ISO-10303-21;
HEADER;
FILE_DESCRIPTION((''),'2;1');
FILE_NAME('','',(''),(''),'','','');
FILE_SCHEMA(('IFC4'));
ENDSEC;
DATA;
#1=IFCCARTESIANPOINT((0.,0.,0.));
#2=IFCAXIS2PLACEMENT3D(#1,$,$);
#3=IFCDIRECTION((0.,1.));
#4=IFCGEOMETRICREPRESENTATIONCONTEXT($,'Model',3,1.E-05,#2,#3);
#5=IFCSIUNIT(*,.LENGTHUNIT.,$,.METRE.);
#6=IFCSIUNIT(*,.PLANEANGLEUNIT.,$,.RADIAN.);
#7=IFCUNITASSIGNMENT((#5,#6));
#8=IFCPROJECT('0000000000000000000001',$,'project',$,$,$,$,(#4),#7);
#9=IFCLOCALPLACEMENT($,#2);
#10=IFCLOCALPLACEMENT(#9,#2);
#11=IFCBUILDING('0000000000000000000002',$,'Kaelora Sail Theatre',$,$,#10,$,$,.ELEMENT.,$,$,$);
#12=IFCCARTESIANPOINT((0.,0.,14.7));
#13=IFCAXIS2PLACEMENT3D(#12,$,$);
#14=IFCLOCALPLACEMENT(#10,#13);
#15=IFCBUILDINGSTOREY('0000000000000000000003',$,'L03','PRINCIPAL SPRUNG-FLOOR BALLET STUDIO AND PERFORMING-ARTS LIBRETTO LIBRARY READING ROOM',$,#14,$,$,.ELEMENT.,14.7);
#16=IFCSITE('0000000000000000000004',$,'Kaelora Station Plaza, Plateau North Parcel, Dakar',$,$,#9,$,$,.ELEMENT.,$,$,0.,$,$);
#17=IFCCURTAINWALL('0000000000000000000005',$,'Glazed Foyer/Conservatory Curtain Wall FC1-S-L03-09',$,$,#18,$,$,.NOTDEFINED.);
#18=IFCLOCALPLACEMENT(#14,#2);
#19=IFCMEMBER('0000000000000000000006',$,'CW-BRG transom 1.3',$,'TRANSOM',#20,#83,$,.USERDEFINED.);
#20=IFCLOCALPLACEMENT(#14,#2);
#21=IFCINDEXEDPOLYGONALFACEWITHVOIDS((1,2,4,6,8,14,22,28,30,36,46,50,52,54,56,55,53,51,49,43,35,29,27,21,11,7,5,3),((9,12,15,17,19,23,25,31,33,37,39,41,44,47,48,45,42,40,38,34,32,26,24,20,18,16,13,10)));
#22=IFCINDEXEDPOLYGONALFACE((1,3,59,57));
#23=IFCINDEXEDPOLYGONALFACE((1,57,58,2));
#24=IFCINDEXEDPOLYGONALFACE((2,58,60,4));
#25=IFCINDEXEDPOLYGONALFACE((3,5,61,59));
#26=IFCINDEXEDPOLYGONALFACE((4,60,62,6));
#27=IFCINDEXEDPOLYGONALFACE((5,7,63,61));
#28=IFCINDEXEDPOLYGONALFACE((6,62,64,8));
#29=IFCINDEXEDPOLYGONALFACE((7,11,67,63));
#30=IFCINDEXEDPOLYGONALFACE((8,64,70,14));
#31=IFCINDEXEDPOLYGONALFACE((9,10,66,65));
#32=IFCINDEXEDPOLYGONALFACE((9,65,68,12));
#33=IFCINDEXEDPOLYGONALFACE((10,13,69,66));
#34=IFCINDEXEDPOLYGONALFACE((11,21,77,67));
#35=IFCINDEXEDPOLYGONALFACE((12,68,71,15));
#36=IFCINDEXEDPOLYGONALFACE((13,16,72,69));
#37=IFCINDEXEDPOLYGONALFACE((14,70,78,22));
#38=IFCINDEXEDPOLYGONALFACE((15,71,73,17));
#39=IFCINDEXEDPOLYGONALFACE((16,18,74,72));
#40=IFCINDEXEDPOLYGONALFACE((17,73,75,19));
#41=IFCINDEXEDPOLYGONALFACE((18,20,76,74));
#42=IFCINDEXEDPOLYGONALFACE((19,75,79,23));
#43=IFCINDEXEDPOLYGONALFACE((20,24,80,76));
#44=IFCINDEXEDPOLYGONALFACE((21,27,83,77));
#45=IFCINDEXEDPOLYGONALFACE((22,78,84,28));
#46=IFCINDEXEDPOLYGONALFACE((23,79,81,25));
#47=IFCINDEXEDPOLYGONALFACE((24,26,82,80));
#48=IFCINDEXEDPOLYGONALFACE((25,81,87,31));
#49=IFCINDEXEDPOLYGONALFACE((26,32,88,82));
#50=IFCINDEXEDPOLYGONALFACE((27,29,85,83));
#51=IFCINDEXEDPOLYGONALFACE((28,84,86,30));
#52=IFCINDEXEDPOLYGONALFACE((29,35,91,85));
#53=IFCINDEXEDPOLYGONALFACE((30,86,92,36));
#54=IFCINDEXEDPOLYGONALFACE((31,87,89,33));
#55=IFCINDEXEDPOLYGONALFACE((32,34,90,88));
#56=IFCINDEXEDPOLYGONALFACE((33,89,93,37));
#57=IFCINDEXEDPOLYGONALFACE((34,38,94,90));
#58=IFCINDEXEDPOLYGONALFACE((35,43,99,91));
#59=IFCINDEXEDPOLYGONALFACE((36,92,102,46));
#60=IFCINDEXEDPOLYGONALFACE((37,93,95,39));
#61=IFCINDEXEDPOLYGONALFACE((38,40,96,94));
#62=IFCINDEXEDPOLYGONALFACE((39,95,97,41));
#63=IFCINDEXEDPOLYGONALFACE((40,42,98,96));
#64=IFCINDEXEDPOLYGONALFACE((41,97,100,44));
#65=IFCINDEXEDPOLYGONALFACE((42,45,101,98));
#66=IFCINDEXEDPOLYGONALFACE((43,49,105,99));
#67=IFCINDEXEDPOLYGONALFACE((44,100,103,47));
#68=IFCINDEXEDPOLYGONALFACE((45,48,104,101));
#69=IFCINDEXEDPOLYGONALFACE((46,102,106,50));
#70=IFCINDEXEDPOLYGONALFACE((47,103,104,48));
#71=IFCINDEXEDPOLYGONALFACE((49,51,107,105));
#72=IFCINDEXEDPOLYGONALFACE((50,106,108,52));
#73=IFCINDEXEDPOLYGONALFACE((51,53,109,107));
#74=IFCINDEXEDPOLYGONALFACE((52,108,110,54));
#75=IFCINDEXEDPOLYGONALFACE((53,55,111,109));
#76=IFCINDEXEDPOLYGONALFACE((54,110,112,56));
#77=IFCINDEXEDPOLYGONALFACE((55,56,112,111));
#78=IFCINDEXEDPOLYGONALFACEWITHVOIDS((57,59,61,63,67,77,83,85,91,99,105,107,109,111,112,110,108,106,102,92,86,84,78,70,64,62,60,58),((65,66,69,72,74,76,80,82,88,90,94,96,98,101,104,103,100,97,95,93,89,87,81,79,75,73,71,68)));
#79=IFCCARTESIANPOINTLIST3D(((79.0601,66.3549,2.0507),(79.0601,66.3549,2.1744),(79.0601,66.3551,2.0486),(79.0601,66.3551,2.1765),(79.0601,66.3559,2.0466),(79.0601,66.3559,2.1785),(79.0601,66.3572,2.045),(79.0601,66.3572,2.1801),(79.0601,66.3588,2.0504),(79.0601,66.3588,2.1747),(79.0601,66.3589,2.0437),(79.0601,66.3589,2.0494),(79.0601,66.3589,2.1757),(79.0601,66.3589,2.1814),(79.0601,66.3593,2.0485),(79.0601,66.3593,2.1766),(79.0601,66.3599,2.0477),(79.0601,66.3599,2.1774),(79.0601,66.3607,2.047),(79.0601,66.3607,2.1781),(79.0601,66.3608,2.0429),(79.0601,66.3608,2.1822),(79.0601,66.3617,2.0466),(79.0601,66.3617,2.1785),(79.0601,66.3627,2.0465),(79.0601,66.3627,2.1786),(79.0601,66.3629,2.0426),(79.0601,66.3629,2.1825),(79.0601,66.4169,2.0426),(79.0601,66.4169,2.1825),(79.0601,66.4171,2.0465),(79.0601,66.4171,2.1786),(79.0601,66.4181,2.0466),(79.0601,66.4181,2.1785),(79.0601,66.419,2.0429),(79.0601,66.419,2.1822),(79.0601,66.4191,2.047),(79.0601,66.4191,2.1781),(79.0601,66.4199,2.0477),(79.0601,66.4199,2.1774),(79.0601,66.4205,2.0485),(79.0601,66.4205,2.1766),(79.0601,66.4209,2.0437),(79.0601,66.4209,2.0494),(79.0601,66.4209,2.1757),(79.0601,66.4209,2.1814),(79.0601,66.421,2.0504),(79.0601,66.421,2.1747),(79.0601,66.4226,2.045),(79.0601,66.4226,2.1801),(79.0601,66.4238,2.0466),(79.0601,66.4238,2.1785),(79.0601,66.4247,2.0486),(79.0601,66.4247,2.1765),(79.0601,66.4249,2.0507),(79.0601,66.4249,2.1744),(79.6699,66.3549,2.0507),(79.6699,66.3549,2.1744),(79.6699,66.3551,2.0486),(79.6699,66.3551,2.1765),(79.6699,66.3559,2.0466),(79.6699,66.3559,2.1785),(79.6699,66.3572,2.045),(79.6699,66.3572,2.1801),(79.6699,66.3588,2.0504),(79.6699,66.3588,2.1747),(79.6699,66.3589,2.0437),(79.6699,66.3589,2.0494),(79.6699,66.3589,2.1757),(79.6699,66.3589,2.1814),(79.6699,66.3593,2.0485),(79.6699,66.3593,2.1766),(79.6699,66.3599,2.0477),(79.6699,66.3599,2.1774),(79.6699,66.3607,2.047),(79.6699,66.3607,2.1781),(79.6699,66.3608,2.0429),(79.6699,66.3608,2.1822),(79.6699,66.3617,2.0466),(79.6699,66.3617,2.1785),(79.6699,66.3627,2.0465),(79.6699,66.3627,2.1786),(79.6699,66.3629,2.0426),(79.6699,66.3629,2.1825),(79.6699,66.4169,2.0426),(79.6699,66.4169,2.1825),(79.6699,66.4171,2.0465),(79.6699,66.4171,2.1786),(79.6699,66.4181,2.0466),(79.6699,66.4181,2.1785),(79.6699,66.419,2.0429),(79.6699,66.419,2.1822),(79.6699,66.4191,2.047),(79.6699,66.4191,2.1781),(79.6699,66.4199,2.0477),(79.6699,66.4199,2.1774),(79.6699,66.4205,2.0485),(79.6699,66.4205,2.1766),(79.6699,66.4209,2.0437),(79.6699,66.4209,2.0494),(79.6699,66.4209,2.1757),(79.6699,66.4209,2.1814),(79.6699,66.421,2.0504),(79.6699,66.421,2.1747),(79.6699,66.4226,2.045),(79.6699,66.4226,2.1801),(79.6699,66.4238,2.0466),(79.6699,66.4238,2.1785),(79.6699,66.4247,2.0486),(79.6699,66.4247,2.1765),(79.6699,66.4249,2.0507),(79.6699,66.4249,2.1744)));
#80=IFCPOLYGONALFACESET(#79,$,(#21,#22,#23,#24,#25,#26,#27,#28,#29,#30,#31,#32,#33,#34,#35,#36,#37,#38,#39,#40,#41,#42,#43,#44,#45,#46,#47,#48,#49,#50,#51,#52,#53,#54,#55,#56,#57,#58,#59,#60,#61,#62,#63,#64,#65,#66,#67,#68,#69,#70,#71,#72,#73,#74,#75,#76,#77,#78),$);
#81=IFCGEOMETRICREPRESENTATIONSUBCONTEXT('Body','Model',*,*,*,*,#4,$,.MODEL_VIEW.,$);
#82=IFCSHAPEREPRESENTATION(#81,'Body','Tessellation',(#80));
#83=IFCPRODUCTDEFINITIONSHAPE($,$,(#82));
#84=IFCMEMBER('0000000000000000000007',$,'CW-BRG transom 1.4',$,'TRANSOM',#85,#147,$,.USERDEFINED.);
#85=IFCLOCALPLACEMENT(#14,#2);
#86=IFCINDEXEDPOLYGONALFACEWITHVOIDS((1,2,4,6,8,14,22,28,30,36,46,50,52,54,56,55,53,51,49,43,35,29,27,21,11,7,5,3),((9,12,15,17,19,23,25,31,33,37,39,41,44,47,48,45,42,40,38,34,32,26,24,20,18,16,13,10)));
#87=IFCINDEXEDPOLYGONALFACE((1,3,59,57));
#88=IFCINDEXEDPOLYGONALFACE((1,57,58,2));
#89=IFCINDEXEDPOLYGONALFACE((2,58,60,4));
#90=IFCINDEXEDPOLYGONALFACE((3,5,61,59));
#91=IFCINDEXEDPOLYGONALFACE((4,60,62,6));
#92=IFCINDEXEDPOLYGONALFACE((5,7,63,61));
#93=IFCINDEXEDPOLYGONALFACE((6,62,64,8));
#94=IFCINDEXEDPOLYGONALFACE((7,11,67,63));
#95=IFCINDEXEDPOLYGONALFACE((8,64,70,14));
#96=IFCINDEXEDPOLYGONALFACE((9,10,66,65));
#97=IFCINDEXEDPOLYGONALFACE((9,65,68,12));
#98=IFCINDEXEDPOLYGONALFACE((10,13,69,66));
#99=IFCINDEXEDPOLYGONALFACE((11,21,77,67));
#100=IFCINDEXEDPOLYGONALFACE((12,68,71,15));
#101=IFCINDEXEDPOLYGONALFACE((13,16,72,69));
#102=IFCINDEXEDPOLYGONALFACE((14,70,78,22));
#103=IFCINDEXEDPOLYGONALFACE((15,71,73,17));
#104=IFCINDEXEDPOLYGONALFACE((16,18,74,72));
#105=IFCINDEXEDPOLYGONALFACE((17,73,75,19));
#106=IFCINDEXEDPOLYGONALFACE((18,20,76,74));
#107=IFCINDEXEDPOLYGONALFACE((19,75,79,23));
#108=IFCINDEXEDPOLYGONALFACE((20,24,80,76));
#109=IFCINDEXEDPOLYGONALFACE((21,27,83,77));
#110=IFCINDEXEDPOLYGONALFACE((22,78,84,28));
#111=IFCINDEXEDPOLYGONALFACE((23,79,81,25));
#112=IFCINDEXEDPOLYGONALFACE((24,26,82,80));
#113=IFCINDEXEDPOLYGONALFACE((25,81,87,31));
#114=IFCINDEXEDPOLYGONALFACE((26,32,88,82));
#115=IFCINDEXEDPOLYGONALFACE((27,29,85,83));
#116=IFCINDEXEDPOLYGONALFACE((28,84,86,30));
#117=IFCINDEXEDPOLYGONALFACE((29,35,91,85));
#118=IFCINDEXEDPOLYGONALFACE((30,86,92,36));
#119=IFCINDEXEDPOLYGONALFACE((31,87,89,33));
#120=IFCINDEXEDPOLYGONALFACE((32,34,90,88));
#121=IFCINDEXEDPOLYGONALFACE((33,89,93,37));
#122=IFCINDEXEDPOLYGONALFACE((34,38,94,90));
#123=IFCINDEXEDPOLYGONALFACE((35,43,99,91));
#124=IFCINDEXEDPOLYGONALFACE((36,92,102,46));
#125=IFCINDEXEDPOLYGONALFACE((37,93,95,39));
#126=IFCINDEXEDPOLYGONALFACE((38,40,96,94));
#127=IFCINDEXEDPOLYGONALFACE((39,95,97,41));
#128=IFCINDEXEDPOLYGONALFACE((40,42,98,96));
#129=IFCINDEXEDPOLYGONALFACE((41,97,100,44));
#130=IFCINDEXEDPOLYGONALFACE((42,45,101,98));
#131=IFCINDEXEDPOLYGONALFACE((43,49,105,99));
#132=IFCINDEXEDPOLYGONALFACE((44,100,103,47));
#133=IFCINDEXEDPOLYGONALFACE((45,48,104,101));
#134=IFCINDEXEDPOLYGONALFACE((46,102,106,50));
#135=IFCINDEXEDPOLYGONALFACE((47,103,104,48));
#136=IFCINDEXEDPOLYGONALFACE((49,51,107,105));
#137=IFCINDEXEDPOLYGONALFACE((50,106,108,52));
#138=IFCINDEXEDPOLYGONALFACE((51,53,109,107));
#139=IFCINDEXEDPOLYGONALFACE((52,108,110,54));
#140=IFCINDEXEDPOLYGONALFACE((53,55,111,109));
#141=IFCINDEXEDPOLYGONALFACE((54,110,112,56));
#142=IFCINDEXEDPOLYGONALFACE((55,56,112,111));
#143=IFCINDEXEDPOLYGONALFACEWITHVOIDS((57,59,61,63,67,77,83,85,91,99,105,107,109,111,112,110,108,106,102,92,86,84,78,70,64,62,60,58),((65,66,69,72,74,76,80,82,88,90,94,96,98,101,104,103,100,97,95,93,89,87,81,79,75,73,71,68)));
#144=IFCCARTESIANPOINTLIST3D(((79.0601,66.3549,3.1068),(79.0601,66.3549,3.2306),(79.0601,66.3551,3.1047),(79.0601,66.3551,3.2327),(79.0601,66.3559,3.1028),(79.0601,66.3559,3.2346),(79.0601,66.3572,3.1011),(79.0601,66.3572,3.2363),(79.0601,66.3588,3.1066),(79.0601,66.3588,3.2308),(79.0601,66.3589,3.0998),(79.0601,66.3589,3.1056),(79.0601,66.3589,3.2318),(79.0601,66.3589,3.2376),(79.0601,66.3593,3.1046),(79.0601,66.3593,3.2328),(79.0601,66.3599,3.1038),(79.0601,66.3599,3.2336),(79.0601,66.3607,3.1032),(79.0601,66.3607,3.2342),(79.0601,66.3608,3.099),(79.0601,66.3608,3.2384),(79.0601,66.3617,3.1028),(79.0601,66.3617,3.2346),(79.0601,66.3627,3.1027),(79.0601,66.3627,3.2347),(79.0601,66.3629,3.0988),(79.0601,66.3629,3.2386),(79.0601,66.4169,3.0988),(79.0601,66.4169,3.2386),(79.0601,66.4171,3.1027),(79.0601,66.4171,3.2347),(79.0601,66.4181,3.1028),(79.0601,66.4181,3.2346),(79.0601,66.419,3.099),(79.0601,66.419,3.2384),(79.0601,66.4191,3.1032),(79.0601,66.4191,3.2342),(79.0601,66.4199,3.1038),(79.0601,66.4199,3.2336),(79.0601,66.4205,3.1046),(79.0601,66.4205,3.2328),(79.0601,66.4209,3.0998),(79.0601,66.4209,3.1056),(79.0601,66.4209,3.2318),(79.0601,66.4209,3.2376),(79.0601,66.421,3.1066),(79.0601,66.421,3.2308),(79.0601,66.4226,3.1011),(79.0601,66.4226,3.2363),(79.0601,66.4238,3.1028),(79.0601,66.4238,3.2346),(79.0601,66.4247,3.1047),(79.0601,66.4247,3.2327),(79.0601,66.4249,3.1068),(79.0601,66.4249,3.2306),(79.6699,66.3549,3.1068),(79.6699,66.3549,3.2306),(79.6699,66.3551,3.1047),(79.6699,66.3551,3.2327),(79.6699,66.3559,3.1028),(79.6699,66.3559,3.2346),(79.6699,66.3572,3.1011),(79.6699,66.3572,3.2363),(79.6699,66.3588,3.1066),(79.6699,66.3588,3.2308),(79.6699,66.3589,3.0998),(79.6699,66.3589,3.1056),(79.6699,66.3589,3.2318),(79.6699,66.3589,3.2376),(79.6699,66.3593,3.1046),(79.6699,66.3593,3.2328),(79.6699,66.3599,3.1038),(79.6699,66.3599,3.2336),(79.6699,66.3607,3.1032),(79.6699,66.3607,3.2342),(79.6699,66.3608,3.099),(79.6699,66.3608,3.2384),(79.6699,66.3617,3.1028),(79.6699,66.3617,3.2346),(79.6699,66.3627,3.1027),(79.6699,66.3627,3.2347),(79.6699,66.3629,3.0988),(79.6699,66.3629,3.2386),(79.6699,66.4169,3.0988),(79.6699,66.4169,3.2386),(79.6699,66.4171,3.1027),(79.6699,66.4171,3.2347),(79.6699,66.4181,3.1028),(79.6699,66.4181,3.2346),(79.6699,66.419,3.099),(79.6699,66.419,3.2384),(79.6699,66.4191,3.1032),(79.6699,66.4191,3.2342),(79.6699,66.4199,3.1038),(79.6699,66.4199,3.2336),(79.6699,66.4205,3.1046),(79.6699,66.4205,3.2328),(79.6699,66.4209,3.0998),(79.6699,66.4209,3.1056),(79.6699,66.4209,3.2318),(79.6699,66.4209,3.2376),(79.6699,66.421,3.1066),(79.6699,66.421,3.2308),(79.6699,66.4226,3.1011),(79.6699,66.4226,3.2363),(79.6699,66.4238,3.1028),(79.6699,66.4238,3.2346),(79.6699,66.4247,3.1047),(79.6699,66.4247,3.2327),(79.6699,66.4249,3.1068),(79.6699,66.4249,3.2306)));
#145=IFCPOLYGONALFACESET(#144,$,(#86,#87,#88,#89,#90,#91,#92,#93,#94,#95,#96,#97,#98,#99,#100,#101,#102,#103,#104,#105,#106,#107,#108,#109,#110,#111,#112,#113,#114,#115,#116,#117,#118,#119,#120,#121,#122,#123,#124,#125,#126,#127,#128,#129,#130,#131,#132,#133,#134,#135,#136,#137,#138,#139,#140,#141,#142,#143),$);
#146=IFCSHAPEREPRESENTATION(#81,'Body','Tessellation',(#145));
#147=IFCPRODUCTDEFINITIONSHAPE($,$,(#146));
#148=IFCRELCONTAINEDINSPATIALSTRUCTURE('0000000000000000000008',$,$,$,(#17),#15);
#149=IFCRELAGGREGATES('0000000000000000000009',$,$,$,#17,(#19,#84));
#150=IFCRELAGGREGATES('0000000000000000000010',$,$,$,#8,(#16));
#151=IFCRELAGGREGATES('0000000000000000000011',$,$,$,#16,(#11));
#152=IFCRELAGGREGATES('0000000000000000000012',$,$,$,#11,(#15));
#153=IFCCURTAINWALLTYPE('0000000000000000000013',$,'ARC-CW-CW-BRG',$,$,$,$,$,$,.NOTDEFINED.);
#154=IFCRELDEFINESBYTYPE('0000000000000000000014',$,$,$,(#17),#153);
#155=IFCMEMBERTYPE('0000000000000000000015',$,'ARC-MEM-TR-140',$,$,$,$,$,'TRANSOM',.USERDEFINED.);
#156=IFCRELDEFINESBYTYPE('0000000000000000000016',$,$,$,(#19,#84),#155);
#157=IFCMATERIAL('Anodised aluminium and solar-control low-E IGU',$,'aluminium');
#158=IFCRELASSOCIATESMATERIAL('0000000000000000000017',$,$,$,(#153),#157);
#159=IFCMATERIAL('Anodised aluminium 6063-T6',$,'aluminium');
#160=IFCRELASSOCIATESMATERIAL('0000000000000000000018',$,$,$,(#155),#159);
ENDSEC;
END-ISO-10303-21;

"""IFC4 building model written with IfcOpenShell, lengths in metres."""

from ifc_helpers import new_model, si_unit, direction, frame, origin, origin_2d, place, context, subcontext, project, spatial, hollow_rectangle, extrude, material, material_profile, profile_set, type_object, element, aggregate, save


model = new_model("IFC4")

# Units and contexts
model_context = context("Model", 3, precision=1e-05, world=origin(), true_north=direction((0.0, 1.0)))
body_context = subcontext(model_context, "Body", "Model", "MODEL_VIEW")
ifc_project = project(units=[si_unit("LENGTHUNIT", "METRE"), si_unit("PLANEANGLEUNIT", "RADIAN")], contexts=[model_context])

# Site, building, storey
site_placement = place(None, origin())
site = spatial("IfcSite", under=ifc_project, at=site_placement, Name="Kaelora Station Plaza, Plateau North Parcel, Dakar", CompositionType="ELEMENT", RefElevation=0.0)
building_placement = place(site_placement, origin())
building = spatial("IfcBuilding", under=site, at=building_placement, Name="Kaelora Sail Theatre", CompositionType="ELEMENT")
storey_placement = place(building_placement, frame((0.0, 0.0, 14.7)))
storey = spatial("IfcBuildingStorey", under=building, at=storey_placement, Name="L03", Description="PRINCIPAL SPRUNG-FLOOR BALLET STUDIO AND PERFORMING-ARTS LIBRETTO LIBRARY READING ROOM", CompositionType="ELEMENT", Elevation=14.7)

# Curtain wall, members
ifc_material_1 = material(Name="Anodised aluminium and solar-control low-E IGU", Category="aluminium")
curtain_wall_type = type_object("IfcCurtainWallType", Name="ARC-CW-CW-BRG", PredefinedType="NOTDEFINED", material=ifc_material_1)
curtain_wall_placement = place(storey_placement, origin())
curtain_wall = element("IfcCurtainWall", 1, at=curtain_wall_placement, inside=storey, type_object=curtain_wall_type, Name="Glazed Foyer/Conservatory Curtain Wall FC1-S-L03-09", PredefinedType="NOTDEFINED")
ifc_material_2 = material(Name="Anodised aluminium 6063-T6", Category="aluminium")
ifc_material_profile_1 = material_profile(ifc_material_2, hollow_rectangle(XDim=0.0701, YDim=0.1399, WallThickness=0.0039, InnerFilletRadius=0.0039, OuterFilletRadius=0.0081, at=origin_2d()), Name="ALU-TRAN 70x140x4")
ifc_profile_set_1 = profile_set([ifc_material_profile_1], Name="Anodised aluminium 6063-T6")
member_type_1 = type_object("IfcMemberType", Name="ARC-MEM-TR-140", ElementType="TRANSOM", PredefinedType="USERDEFINED", material=ifc_profile_set_1)
member_1_placement = place(storey_placement, frame((79.0601, 66.3899, 2.1125), z_axis=(1.0, 0.0, 0.0), x_axis=(0.0, 1.0, 0.0)))
member_1 = element("IfcMember", 2, at=member_1_placement, type_object=member_type_1, Name="CW-BRG transom 1.3", ObjectType="TRANSOM", PredefinedType="USERDEFINED", context=body_context, shape_type="SweptSolid", body=[
    extrude(hollow_rectangle(XDim=0.0701, YDim=0.1399, WallThickness=0.0039, InnerFilletRadius=0.0039, OuterFilletRadius=0.0081, at=origin_2d()), origin(), (0.0, 0.0, 1.0), 0.6099),
])
member_2_placement = place(storey_placement, frame((79.0601, 66.3899, 3.1687), z_axis=(1.0, 0.0, 0.0), x_axis=(0.0, 1.0, 0.0)))
member_2 = element("IfcMember", 3, at=member_2_placement, type_object=member_type_1, Name="CW-BRG transom 1.4", ObjectType="TRANSOM", PredefinedType="USERDEFINED", context=body_context, shape_type="SweptSolid", body=[
    extrude(hollow_rectangle(XDim=0.0701, YDim=0.1399, WallThickness=0.0039, InnerFilletRadius=0.0039, OuterFilletRadius=0.0081, at=origin_2d()), origin(), (0.0, 0.0, 1.0), 0.6099),
])
aggregate(curtain_wall, [member_1, member_2])

save(model, "model.ifc")
